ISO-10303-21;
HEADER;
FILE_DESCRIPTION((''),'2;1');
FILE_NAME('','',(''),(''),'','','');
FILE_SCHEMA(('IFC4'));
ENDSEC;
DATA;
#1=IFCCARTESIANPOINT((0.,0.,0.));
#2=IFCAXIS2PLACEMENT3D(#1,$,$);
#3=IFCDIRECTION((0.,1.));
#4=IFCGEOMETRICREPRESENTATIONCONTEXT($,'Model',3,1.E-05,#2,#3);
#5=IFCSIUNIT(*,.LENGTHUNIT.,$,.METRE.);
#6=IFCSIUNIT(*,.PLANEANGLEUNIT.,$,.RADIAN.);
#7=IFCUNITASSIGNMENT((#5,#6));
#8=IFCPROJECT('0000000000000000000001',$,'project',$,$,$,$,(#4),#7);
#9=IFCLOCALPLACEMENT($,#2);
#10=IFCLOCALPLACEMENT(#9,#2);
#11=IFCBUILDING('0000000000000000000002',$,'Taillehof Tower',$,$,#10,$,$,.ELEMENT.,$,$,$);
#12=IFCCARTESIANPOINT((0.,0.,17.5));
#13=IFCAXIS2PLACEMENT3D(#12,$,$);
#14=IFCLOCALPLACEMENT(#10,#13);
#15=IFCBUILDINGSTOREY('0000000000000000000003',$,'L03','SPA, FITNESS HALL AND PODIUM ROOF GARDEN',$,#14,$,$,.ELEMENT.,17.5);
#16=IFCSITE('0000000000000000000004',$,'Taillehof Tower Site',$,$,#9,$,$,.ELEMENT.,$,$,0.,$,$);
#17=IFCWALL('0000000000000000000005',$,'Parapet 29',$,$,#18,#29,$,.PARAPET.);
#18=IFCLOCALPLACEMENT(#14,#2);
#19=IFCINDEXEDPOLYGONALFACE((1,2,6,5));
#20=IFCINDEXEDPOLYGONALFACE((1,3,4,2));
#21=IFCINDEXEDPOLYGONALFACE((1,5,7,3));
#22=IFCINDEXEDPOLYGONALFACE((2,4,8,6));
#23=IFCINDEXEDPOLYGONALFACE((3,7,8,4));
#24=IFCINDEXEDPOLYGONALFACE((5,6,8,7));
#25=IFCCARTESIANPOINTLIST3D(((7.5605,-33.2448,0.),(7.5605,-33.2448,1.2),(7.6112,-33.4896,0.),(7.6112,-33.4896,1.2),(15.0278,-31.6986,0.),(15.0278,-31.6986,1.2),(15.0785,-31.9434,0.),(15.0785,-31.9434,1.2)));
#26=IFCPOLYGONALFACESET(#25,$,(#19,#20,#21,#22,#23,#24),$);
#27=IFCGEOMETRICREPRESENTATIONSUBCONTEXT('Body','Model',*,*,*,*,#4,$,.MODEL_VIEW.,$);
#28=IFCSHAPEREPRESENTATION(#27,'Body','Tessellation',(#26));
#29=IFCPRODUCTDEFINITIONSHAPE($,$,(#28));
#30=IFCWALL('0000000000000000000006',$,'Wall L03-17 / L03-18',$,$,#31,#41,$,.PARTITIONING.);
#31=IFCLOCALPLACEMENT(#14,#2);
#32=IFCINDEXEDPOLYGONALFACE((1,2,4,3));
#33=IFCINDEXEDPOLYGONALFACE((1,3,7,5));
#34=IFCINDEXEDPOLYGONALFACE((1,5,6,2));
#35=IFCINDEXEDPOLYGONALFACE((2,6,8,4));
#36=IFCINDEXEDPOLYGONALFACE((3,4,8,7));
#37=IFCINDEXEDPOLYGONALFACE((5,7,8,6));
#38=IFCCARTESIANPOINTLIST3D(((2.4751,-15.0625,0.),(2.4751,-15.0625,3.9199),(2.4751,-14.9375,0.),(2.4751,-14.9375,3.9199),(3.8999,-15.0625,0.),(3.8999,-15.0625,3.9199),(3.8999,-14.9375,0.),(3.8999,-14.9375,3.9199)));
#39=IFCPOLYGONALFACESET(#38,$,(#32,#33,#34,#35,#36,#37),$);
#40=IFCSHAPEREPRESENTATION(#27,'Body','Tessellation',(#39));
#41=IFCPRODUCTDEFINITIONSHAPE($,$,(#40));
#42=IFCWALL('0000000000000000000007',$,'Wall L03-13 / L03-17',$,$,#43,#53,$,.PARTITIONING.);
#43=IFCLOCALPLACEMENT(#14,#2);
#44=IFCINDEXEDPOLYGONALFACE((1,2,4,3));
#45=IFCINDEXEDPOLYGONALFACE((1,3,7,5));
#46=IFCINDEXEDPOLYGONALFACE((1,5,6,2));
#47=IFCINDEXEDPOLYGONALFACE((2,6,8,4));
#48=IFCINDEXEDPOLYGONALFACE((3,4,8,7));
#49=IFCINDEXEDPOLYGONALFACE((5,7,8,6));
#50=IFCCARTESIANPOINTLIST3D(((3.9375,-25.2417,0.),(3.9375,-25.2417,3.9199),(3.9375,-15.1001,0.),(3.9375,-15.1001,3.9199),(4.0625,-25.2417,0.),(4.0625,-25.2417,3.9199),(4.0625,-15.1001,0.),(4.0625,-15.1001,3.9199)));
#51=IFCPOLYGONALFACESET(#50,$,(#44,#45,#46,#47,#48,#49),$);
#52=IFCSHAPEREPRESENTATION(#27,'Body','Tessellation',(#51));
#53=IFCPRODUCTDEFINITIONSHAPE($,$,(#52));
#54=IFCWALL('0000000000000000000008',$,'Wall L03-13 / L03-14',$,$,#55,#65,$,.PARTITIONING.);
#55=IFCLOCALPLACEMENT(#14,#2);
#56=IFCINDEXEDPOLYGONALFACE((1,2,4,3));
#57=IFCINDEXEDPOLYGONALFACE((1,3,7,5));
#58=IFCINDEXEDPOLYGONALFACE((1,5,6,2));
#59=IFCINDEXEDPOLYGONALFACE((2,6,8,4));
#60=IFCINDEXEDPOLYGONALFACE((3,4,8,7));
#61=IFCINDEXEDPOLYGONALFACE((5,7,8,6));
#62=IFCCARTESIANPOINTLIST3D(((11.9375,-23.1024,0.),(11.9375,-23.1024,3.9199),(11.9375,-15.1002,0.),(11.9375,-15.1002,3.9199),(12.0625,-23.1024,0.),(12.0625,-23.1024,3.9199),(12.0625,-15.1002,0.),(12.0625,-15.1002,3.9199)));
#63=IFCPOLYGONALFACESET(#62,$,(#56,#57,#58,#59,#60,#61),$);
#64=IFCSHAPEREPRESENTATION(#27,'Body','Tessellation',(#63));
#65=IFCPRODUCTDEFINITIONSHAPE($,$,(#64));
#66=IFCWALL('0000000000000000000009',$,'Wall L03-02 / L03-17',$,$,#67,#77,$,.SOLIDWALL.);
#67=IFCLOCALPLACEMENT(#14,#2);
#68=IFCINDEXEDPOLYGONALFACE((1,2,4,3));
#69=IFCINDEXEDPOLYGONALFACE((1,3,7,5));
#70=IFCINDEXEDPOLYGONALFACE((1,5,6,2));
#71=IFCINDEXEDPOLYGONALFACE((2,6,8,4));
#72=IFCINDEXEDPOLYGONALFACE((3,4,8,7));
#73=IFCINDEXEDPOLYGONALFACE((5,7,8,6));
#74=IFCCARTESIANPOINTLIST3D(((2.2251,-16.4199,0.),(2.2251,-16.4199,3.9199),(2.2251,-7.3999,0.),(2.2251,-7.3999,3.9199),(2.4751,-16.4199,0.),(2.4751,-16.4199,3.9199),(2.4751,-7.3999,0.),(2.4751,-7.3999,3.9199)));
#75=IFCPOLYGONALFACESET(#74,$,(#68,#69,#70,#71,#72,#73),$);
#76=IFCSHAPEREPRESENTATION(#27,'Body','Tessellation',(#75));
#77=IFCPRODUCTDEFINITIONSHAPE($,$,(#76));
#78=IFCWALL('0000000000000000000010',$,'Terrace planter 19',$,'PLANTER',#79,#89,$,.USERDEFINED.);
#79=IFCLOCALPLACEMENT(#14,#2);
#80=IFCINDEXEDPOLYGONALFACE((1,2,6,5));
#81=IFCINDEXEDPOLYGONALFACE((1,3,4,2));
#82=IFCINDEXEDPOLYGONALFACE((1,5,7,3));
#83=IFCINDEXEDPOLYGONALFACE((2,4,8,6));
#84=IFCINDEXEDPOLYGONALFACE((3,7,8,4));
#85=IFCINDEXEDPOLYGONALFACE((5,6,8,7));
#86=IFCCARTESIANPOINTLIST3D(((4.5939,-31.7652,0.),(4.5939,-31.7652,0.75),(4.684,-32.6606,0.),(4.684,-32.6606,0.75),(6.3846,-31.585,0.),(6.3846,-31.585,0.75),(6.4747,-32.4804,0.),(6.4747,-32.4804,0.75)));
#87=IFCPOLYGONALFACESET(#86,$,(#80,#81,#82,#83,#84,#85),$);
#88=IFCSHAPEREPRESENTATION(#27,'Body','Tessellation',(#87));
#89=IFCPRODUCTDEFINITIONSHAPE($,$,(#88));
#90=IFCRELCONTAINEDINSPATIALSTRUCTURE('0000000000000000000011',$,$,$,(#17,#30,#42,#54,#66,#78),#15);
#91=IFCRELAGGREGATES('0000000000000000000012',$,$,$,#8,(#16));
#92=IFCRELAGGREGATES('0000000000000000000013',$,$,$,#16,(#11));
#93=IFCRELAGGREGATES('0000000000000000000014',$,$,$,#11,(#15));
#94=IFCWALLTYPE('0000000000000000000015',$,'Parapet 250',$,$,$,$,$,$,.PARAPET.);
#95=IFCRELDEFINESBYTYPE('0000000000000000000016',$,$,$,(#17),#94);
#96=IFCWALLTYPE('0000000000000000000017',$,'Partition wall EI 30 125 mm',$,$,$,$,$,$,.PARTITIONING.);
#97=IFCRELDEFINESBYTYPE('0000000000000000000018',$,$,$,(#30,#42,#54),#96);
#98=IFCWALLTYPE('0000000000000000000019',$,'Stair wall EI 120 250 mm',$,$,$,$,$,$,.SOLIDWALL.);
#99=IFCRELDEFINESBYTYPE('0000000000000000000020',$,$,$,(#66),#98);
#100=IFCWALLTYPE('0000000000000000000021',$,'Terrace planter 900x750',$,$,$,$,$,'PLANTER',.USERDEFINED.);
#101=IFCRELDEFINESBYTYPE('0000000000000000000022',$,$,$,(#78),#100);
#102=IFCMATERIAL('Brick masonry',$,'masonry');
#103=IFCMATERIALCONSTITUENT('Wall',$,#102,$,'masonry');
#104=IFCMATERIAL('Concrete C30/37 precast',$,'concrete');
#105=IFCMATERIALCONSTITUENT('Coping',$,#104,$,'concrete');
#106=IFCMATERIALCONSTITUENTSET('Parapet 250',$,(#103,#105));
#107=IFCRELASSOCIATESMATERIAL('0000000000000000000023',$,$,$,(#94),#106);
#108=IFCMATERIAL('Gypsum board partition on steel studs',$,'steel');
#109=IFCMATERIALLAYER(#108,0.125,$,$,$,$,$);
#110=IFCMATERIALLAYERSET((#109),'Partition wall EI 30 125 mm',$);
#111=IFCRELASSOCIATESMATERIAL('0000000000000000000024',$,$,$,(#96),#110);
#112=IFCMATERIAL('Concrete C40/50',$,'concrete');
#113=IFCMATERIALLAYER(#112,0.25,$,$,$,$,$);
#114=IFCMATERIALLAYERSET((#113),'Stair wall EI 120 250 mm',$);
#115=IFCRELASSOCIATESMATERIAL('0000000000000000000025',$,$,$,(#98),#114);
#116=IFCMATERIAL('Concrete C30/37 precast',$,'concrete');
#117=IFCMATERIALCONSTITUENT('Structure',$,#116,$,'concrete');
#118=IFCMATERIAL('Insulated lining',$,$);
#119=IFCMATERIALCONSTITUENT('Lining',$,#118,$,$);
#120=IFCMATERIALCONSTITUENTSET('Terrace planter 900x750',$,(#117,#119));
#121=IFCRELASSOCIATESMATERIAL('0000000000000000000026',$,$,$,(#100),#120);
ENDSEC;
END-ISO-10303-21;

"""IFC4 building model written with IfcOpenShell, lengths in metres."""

from ifc_helpers import new_model, si_unit, direction, frame, frame_2d, origin, place, context, subcontext, project, spatial, rectangle, extrude, material, layer, layer_set, constituent, constituent_set, type_object, element, save


model = new_model("IFC4")

# Units and contexts
model_context = context("Model", 3, precision=1e-05, world=origin(), true_north=direction((0.0, 1.0)))
body_context = subcontext(model_context, "Body", "Model", "MODEL_VIEW")
ifc_project = project(units=[si_unit("LENGTHUNIT", "METRE"), si_unit("PLANEANGLEUNIT", "RADIAN")], contexts=[model_context])

# Site, building, storey
site_placement = place(None, origin())
site = spatial("IfcSite", under=ifc_project, at=site_placement, Name="Taillehof Tower Site", CompositionType="ELEMENT", RefElevation=0.0)
building_placement = place(site_placement, origin())
building = spatial("IfcBuilding", under=site, at=building_placement, Name="Taillehof Tower", CompositionType="ELEMENT")
storey_placement = place(building_placement, frame((0.0, 0.0, 17.5)))
storey = spatial("IfcBuildingStorey", under=building, at=storey_placement, Name="L03", Description="SPA, FITNESS HALL AND PODIUM ROOF GARDEN", CompositionType="ELEMENT", Elevation=17.5)

# Walls
ifc_material_1 = material(Name="Brick masonry", Category="masonry")
ifc_constituent_1 = constituent(ifc_material_1, Name="Wall", Category="masonry")
ifc_material_2 = material(Name="Concrete C30/37 precast", Category="concrete")
ifc_constituent_2 = constituent(ifc_material_2, Name="Coping", Category="concrete")
ifc_constituent_set_1 = constituent_set(constituents=[ifc_constituent_1, ifc_constituent_2], Name="Parapet 250")
wall_type_1 = type_object("IfcWallType", Name="Parapet 250", PredefinedType="PARAPET", material=ifc_constituent_set_1)
wall_1_placement = place(storey_placement, frame((7.5857, -33.3672, 0.0), z_axis=(0.0, 0.0, 1.0), x_axis=(0.97923, 0.202755, 0.0)))
element("IfcWall", 1, at=wall_1_placement, inside=storey, type_object=wall_type_1, Name="Parapet 29", PredefinedType="PARAPET", context=body_context, shape_type="SweptSolid", body=[
    extrude(rectangle(XDim=7.6257, YDim=0.25, at=frame_2d((3.813, 0.0))), origin(), (0.0, 0.0, 1.0), 1.2),
])
ifc_material_3 = material(Name="Gypsum board partition on steel studs", Category="steel")
ifc_layer_1 = layer(ifc_material_3, 0.125)
ifc_layer_set_1 = layer_set([ifc_layer_1], Name="Partition wall EI 30 125 mm")
wall_type_2 = type_object("IfcWallType", Name="Partition wall EI 30 125 mm", PredefinedType="PARTITIONING", material=ifc_layer_set_1)
wall_2_placement = place(storey_placement, frame((2.4751, -15.0, 0.0), z_axis=(0.0, 0.0, 1.0), x_axis=(1.0, 0.0, 0.0)))
element("IfcWall", 2, at=wall_2_placement, inside=storey, type_object=wall_type_2, Name="Wall L03-17 / L03-18", PredefinedType="PARTITIONING", context=body_context, shape_type="SweptSolid", body=[
    extrude(rectangle(XDim=1.4248, YDim=0.125, at=frame_2d((0.7124, 0.0))), origin(), (0.0, 0.0, 1.0), 3.9199),
])
wall_3_placement = place(storey_placement, frame((4.0, -25.2417, 0.0), z_axis=(0.0, 0.0, 1.0), x_axis=(0.0, 1.0, 0.0)))
element("IfcWall", 3, at=wall_3_placement, inside=storey, type_object=wall_type_2, Name="Wall L03-13 / L03-17", PredefinedType="PARTITIONING", context=body_context, shape_type="SweptSolid", body=[
    extrude(rectangle(XDim=10.1416, YDim=0.125, at=frame_2d((5.0708, 0.0))), origin(), (0.0, 0.0, 1.0), 3.9199),
])
wall_4_placement = place(storey_placement, frame((12.0, -23.1023, 0.0), z_axis=(0.0, 0.0, 1.0), x_axis=(0.0, 1.0, 0.0)))
element("IfcWall", 4, at=wall_4_placement, inside=storey, type_object=wall_type_2, Name="Wall L03-13 / L03-14", PredefinedType="PARTITIONING", context=body_context, shape_type="SweptSolid", body=[
    extrude(rectangle(XDim=8.0022, YDim=0.125, at=frame_2d((4.001, 0.0))), origin(), (0.0, 0.0, 1.0), 3.9199),
])
ifc_material_4 = material(Name="Concrete C40/50", Category="concrete")
ifc_layer_2 = layer(ifc_material_4, 0.25)
ifc_layer_set_2 = layer_set([ifc_layer_2], Name="Stair wall EI 120 250 mm")
wall_type_3 = type_object("IfcWallType", Name="Stair wall EI 120 250 mm", PredefinedType="SOLIDWALL", material=ifc_layer_set_2)
wall_5_placement = place(storey_placement, frame((2.3501, -16.4199, 0.0), z_axis=(0.0, 0.0, 1.0), x_axis=(0.0, 1.0, 0.0)))
element("IfcWall", 5, at=wall_5_placement, inside=storey, type_object=wall_type_3, Name="Wall L03-02 / L03-17", PredefinedType="SOLIDWALL", context=body_context, shape_type="SweptSolid", body=[
    extrude(rectangle(XDim=9.02, YDim=0.25, at=frame_2d((4.51, 0.0))), origin(), (0.0, 0.0, 1.0), 3.9199),
])
ifc_material_5 = material(Name="Concrete C30/37 precast", Category="concrete")
ifc_constituent_3 = constituent(ifc_material_5, Name="Structure", Category="concrete")
ifc_material_6 = material(Name="Insulated lining")
ifc_constituent_4 = constituent(ifc_material_6, Name="Lining")
ifc_constituent_set_2 = constituent_set(constituents=[ifc_constituent_3, ifc_constituent_4], Name="Terrace planter 900x750")
wall_type_4 = type_object("IfcWallType", Name="Terrace planter 900x750", ElementType="PLANTER", PredefinedType="USERDEFINED", material=ifc_constituent_set_2)
wall_6_placement = place(storey_placement, frame((4.6389, -32.2129, 0.0), z_axis=(0.0, 0.0, 1.0), x_axis=(0.994977, 0.100108, 0.0)))
element("IfcWall", 6, at=wall_6_placement, inside=storey, type_object=wall_type_4, Name="Terrace planter 19", ObjectType="PLANTER", PredefinedType="USERDEFINED", context=body_context, shape_type="SweptSolid", body=[
    extrude(rectangle(XDim=1.7998, YDim=0.8999, at=frame_2d((0.8999, 0.0))), origin(), (0.0, 0.0, 1.0), 0.75),
])

save(model, "model.ifc")
